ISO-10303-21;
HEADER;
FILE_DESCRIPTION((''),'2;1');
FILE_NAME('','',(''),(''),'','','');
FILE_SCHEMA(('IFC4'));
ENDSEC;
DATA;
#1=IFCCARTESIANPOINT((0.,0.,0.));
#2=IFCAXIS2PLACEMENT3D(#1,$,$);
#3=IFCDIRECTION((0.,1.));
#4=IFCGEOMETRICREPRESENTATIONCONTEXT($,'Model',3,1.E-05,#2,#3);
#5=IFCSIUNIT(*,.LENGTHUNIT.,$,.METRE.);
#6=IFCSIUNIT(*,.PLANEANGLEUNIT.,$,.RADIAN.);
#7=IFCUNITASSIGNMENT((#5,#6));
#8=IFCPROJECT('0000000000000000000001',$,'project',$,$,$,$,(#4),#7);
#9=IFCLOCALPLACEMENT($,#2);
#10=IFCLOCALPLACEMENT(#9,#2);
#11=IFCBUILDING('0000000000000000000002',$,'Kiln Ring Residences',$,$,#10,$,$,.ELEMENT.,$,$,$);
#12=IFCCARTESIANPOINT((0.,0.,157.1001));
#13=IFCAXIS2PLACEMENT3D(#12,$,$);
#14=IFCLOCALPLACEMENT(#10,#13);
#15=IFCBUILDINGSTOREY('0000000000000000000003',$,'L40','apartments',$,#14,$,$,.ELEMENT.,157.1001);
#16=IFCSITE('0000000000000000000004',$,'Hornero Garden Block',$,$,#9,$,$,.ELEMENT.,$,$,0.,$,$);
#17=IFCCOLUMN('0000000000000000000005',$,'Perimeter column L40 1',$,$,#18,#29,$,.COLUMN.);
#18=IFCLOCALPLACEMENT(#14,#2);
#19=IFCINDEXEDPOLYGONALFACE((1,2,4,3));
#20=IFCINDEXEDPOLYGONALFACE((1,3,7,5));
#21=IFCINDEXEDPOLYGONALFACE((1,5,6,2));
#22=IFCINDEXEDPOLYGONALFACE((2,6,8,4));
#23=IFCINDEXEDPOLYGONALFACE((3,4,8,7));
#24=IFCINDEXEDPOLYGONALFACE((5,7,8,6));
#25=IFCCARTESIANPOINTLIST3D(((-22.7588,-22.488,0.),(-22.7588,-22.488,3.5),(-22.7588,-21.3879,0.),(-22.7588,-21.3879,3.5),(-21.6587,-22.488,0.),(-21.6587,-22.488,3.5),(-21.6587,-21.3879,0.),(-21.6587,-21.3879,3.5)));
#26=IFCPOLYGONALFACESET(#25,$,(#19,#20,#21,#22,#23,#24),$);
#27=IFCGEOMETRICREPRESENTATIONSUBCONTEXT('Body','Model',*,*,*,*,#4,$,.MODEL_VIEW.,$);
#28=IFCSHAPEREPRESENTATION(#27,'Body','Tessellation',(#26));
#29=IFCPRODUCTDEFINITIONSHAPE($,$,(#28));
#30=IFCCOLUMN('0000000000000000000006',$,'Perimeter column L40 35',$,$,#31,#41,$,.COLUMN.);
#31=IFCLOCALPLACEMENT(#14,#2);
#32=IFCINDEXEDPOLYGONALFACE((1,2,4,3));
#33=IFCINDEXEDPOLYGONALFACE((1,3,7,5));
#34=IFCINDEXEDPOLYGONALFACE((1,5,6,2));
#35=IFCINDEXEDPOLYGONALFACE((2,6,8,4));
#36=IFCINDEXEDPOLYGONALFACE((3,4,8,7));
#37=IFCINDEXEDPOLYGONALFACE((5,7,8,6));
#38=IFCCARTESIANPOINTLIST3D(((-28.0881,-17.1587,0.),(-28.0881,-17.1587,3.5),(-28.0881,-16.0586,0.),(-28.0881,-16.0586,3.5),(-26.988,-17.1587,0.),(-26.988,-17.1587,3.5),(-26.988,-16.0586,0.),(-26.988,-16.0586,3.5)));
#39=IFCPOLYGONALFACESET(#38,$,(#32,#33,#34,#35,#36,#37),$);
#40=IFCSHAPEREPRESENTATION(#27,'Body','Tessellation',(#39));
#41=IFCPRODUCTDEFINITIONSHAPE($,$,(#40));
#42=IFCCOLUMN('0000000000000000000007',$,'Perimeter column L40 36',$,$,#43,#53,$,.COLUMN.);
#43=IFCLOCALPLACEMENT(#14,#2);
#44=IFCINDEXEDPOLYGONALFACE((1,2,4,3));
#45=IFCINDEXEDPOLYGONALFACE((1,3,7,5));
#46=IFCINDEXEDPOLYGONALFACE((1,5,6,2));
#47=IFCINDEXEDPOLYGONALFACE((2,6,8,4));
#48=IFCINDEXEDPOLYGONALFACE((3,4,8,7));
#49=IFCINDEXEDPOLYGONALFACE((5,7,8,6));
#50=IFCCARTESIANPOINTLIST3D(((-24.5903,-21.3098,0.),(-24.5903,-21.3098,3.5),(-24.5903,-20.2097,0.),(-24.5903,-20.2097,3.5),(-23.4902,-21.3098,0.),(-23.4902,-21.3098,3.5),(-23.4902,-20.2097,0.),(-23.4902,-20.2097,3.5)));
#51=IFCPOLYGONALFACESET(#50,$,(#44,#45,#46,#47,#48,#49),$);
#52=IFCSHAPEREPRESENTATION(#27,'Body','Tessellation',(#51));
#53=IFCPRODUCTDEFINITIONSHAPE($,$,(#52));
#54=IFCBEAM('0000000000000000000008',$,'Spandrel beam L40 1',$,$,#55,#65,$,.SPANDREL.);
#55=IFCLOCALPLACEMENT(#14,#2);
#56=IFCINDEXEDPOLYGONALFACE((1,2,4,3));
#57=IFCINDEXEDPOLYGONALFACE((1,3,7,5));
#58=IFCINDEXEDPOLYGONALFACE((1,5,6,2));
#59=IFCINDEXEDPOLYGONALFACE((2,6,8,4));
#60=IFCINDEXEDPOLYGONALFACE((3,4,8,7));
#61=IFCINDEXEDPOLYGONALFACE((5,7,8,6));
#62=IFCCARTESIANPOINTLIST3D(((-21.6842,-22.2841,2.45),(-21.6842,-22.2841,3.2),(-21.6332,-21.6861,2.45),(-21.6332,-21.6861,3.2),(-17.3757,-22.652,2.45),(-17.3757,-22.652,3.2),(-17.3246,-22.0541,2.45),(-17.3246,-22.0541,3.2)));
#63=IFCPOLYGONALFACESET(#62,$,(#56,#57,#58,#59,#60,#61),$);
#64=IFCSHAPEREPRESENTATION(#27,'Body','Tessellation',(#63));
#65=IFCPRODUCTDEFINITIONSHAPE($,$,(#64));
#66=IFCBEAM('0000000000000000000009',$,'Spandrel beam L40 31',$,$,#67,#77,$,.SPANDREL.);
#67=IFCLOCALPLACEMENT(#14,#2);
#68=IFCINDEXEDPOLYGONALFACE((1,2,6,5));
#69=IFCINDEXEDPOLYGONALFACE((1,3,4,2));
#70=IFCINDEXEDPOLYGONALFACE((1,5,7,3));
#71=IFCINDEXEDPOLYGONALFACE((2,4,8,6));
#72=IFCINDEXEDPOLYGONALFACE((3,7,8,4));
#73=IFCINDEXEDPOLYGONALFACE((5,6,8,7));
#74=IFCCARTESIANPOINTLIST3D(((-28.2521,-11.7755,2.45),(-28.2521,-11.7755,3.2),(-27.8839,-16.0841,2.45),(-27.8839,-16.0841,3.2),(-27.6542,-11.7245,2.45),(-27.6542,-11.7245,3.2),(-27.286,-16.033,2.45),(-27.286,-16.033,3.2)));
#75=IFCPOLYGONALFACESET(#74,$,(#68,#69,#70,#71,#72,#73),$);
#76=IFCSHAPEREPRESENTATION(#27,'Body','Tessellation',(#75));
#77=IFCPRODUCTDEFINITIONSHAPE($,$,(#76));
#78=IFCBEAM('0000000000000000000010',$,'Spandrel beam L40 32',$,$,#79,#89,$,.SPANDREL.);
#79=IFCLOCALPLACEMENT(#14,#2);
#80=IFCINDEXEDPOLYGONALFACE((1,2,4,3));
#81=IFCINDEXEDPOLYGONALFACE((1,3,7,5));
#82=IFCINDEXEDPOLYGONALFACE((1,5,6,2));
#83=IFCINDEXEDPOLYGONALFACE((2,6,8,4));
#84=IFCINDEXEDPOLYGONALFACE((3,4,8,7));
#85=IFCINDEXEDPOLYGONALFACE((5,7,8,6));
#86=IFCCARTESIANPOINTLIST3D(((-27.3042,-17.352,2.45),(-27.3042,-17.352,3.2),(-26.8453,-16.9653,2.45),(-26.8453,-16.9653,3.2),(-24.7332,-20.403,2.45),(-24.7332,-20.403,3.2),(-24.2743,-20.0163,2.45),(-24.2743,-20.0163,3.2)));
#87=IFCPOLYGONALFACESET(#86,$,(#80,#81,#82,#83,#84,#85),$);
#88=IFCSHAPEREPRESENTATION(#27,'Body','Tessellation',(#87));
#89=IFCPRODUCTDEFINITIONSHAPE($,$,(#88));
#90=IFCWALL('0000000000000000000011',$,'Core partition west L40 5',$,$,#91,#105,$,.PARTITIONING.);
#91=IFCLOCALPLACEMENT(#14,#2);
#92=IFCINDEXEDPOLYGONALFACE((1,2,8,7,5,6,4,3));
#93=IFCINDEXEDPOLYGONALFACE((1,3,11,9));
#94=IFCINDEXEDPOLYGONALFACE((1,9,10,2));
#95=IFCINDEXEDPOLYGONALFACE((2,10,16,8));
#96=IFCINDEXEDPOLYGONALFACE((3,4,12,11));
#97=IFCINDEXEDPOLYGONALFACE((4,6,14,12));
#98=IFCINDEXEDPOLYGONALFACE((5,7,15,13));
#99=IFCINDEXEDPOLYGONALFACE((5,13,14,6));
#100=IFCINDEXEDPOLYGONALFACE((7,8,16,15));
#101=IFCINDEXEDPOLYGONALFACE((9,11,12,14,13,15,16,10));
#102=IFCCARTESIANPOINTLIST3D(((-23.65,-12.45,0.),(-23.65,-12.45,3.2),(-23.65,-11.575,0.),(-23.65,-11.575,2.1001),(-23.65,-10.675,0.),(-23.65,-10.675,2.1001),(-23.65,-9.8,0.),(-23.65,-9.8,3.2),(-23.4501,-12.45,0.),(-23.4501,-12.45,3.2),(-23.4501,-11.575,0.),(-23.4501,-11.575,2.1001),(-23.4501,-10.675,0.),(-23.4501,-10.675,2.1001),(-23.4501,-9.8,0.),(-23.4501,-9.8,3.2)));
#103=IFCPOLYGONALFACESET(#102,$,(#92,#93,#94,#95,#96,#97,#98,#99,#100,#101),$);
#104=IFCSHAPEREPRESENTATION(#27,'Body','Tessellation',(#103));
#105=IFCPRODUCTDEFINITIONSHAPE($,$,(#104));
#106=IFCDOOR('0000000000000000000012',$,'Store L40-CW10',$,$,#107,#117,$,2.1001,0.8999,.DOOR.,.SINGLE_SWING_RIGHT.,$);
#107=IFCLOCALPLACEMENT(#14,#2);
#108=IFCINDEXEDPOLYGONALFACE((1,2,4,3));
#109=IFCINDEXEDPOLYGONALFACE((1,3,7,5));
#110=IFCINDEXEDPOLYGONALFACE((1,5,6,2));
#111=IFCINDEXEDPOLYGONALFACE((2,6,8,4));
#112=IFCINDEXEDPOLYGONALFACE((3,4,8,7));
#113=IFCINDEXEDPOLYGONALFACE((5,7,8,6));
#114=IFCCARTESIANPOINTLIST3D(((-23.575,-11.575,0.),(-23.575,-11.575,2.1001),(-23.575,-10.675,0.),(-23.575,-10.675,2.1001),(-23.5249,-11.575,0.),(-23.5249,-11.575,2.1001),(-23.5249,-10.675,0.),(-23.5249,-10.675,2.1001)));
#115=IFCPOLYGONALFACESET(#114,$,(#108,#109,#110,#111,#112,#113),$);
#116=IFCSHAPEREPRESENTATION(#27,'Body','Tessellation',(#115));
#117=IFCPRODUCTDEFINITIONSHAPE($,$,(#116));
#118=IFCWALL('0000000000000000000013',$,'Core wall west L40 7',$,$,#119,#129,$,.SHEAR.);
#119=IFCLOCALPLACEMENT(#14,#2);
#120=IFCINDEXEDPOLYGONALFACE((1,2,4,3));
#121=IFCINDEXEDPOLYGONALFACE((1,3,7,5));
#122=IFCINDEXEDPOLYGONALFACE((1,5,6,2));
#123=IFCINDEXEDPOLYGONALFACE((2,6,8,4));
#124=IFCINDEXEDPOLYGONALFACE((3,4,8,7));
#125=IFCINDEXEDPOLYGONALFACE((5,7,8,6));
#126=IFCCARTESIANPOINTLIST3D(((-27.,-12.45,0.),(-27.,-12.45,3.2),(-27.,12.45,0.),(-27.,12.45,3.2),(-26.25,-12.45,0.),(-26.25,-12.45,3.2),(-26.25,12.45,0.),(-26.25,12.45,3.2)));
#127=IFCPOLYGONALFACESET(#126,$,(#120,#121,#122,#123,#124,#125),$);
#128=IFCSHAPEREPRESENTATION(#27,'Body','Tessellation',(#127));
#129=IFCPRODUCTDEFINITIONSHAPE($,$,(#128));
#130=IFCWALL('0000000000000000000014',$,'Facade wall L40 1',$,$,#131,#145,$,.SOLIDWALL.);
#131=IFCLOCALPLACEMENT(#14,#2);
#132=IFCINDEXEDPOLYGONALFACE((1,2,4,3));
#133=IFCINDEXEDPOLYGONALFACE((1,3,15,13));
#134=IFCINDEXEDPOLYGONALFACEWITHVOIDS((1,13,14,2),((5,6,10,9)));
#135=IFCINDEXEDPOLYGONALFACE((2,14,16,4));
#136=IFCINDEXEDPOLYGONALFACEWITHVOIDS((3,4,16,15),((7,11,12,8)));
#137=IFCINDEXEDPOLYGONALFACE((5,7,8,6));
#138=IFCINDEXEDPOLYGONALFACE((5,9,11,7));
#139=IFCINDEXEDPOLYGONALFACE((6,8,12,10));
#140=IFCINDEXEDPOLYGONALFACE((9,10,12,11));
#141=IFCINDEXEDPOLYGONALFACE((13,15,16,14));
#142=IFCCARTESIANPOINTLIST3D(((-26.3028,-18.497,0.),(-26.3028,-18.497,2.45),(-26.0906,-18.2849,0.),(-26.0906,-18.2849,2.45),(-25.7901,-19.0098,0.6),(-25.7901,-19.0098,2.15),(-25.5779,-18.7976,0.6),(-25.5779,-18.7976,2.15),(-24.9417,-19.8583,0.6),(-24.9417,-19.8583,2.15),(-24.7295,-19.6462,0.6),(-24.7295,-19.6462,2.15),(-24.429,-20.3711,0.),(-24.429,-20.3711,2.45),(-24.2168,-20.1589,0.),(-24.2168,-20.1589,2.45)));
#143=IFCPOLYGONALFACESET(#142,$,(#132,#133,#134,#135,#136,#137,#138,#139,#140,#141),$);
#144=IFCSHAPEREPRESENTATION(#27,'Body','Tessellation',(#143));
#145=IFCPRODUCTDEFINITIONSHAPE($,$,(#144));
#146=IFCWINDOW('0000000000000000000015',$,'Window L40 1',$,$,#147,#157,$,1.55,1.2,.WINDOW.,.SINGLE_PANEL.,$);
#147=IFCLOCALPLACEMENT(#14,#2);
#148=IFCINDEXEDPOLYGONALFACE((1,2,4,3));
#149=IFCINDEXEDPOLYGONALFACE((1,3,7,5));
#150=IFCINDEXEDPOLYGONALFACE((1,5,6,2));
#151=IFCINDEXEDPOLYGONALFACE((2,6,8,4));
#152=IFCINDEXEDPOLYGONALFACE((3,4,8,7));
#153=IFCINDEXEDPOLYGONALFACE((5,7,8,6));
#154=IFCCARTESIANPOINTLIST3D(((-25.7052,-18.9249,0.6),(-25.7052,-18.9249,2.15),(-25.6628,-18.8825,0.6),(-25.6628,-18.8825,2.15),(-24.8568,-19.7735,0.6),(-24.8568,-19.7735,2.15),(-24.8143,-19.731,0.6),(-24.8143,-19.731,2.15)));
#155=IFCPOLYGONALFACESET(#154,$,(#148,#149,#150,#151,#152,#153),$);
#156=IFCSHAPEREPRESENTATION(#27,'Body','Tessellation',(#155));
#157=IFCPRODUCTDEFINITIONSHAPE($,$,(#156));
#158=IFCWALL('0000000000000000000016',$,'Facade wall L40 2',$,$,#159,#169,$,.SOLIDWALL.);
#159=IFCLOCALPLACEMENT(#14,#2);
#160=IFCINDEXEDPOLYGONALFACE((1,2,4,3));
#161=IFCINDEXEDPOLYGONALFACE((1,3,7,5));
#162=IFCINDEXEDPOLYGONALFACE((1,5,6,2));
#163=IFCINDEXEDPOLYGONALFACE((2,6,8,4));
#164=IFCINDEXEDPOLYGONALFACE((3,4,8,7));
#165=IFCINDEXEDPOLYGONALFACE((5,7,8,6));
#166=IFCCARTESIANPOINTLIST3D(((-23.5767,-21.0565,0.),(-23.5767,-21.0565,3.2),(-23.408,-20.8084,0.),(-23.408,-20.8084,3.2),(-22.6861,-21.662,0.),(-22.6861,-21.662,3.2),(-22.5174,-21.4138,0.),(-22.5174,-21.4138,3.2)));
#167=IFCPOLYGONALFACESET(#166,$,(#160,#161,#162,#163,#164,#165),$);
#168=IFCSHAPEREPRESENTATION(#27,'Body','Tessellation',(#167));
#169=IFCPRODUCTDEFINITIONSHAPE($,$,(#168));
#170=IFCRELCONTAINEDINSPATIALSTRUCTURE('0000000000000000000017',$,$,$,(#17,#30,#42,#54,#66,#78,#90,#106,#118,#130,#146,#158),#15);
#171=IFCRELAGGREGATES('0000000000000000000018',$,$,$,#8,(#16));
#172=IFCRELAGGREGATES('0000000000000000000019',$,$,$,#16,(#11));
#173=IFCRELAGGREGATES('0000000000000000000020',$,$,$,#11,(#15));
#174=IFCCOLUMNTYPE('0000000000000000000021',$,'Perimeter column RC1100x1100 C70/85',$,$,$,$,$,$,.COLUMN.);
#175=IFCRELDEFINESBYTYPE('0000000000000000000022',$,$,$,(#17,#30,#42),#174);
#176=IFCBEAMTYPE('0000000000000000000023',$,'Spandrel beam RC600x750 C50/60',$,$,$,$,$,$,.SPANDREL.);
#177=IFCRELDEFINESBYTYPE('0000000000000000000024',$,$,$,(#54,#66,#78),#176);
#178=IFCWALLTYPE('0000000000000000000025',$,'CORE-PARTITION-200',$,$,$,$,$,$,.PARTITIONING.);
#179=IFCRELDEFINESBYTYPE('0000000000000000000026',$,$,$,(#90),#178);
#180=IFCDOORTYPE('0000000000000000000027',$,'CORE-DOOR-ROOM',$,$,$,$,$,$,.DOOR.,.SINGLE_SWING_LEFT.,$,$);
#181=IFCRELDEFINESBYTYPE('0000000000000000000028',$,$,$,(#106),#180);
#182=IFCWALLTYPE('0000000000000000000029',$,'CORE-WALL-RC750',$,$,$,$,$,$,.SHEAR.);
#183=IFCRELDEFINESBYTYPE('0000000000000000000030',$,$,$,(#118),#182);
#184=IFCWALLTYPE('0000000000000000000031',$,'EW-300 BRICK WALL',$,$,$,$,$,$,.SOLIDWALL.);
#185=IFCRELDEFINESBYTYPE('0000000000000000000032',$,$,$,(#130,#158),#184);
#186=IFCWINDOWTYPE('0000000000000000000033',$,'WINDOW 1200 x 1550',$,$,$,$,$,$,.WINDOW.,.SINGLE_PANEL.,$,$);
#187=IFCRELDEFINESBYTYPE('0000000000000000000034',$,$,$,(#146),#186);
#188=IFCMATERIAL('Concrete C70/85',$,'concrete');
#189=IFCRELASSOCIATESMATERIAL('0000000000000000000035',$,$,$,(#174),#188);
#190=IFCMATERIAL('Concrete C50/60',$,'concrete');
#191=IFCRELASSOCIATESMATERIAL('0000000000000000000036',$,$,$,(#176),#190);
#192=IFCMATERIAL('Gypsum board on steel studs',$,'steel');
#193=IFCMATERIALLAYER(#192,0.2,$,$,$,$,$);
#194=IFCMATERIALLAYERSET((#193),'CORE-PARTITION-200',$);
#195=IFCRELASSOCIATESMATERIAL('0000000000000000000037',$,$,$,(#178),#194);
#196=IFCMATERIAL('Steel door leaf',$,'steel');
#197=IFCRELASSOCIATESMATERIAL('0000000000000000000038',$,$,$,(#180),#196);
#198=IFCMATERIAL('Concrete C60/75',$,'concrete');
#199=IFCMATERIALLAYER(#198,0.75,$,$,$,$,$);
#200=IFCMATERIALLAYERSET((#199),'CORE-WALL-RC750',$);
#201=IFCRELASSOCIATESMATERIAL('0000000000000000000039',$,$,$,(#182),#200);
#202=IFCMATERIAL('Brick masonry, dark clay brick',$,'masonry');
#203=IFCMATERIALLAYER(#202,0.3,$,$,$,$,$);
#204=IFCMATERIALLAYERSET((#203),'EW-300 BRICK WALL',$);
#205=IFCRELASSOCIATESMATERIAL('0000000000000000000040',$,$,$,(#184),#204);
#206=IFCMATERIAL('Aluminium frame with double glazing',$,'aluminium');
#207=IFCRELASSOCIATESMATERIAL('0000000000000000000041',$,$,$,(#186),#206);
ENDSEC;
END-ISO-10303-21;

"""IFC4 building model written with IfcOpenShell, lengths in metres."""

from ifc_helpers import new_model, si_unit, direction, frame, frame_2d, origin, origin_2d, place, context, subcontext, project, spatial, rectangle, extrude, material, layer, layer_set, material_profile, profile_set, type_object, element, fill, save


model = new_model("IFC4")

# Units and contexts
model_context = context("Model", 3, precision=1e-05, world=origin(), true_north=direction((0.0, 1.0)))
body_context = subcontext(model_context, "Body", "Model", "MODEL_VIEW")
ifc_project = project(units=[si_unit("LENGTHUNIT", "METRE"), si_unit("PLANEANGLEUNIT", "RADIAN")], contexts=[model_context])

# Site, building, storey
site_placement = place(None, origin())
site = spatial("IfcSite", under=ifc_project, at=site_placement, Name="Hornero Garden Block", CompositionType="ELEMENT", RefElevation=0.0)
building_placement = place(site_placement, origin())
building = spatial("IfcBuilding", under=site, at=building_placement, Name="Kiln Ring Residences", CompositionType="ELEMENT")
storey_placement = place(building_placement, frame((0.0, 0.0, 157.1001)))
storey = spatial("IfcBuildingStorey", under=building, at=storey_placement, Name="L40", Description="apartments", CompositionType="ELEMENT", Elevation=157.1001)

# Columns
ifc_material_1 = material(Name="Concrete C70/85", Category="concrete")
ifc_material_profile_1 = material_profile(ifc_material_1, rectangle(XDim=1.1001, YDim=1.1001, at=origin_2d()), Name="RC1100x1100")
ifc_profile_set_1 = profile_set([ifc_material_profile_1], Name="Concrete C70/85")
column_type = type_object("IfcColumnType", Name="Perimeter column RC1100x1100 C70/85", PredefinedType="COLUMN", material=ifc_profile_set_1)
for number, where, z_axis, x_axis, name in (
    (1, (-22.2087, -21.938, 0.0), (0.0, 0.0, 1.0), (1.0, 0.0, 0.0), "Perimeter column L40 1"),
    (2, (-27.5381, -16.6086, 0.0), (0.0, 0.0, 1.0), (1.0, 0.0, 0.0), "Perimeter column L40 35"),
    (3, (-24.0403, -20.7598, 0.0), (0.0, 0.0, 1.0), (1.0, 0.0, 0.0), "Perimeter column L40 36"),
):
    element("IfcColumn", number, at=place(storey_placement, frame(where, z_axis=z_axis, x_axis=x_axis)), inside=storey, type_object=column_type, Name=name, PredefinedType="COLUMN", context=body_context, shape_type="SweptSolid", body=[
        extrude(rectangle(XDim=1.1001, YDim=1.1001, at=origin_2d()), origin(), (0.0, 0.0, 1.0), 3.5),
    ])

# Beams
ifc_material_2 = material(Name="Concrete C50/60", Category="concrete")
ifc_material_profile_2 = material_profile(ifc_material_2, rectangle(XDim=0.6001, YDim=0.75, at=origin_2d()), Name="RC600x750")
ifc_profile_set_2 = profile_set([ifc_material_profile_2], Name="Concrete C50/60")
beam_type = type_object("IfcBeamType", Name="Spandrel beam RC600x750 C50/60", PredefinedType="SPANDREL", material=ifc_profile_set_2)
for number, where, z_axis, x_axis, name in (
    (4, (-21.6587, -21.9851, 2.825), (0.996374, -0.085082, 0.0), (0.085082, 0.996374, 0.0), "Spandrel beam L40 1"),
    (5, (-27.9531, -11.75, 2.825), (0.085139, -0.996369, 0.0), (0.996369, 0.085139, 0.0), "Spandrel beam L40 31"),
):
    element("IfcBeam", number, at=place(storey_placement, frame(where, z_axis=z_axis, x_axis=x_axis)), inside=storey, type_object=beam_type, Name=name, PredefinedType="SPANDREL", context=body_context, shape_type="SweptSolid", body=[
        extrude(rectangle(XDim=0.6001, YDim=0.75, at=origin_2d()), origin(), (0.0, 0.0, 1.0), 4.3242),
    ])
beam_placement = place(storey_placement, frame((-27.0747, -17.1587, 2.825), z_axis=(0.644394, -0.764694, 0.0), x_axis=(0.764694, 0.644394, 0.0)))
element("IfcBeam", 6, at=beam_placement, inside=storey, type_object=beam_type, Name="Spandrel beam L40 32", PredefinedType="SPANDREL", context=body_context, shape_type="SweptSolid", body=[
    extrude(rectangle(XDim=0.6001, YDim=0.75, at=origin_2d()), origin(), (0.0, 0.0, 1.0), 3.9897),
])

# Wall, opening, door
ifc_material_3 = material(Name="Gypsum board on steel studs", Category="steel")
ifc_layer_1 = layer(ifc_material_3, 0.2)
ifc_layer_set_1 = layer_set([ifc_layer_1], Name="CORE-PARTITION-200")
wall_type_1 = type_object("IfcWallType", Name="CORE-PARTITION-200", PredefinedType="PARTITIONING", material=ifc_layer_set_1)
wall_1_placement = place(storey_placement, frame((-23.55, -12.45, 0.0), z_axis=(0.0, 0.0, 1.0), x_axis=(0.0, 1.0, 0.0)))
wall_1 = element("IfcWall", 7, at=wall_1_placement, inside=storey, type_object=wall_type_1, Name="Core partition west L40 5", PredefinedType="PARTITIONING", context=body_context, shape_type="SweptSolid", body=[
    extrude(rectangle(XDim=2.6499, YDim=0.2, at=frame_2d((1.325, 0.0))), origin(), (0.0, 0.0, 1.0), 3.2),
])
opening_1_placement = place(wall_1_placement, frame((0.875, 0.0, 0.0)))
opening_1 = element("IfcOpeningElement", 8, at=opening_1_placement, cuts=wall_1, PredefinedType="OPENING", context=body_context, shape_type="SweptSolid", body=[
    extrude(rectangle(XDim=0.8999, YDim=2.1001, at=frame_2d((0.45, 1.05))), frame((0.0, 0.1099, 0.0), z_axis=(0.0, -1.0, 0.0), x_axis=(1.0, 0.0, 0.0)), (0.0, 0.0, 1.0), 0.22),
])
ifc_material_4 = material(Name="Steel door leaf", Category="steel")
door_type_1 = type_object("IfcDoorType", Name="CORE-DOOR-ROOM", OperationType="SINGLE_SWING_LEFT", PredefinedType="DOOR", material=ifc_material_4)
door_1_placement = place(opening_1_placement, origin())
door_1 = element("IfcDoor", 9, at=door_1_placement, inside=storey, type_object=door_type_1, Name="Store L40-CW10", OperationType="SINGLE_SWING_RIGHT", OverallHeight=2.1001, OverallWidth=0.8999, PredefinedType="DOOR", context=body_context, shape_type="SweptSolid", body=[
    extrude(rectangle(XDim=0.8999, YDim=2.1001, at=frame_2d((0.45, 1.05))), frame((0.0, 0.0249, 0.0), z_axis=(0.0, -1.0, 0.0), x_axis=(1.0, 0.0, 0.0)), (0.0, 0.0, 1.0), 0.05),
])
fill(opening_1, door_1)

# Wall
ifc_material_5 = material(Name="Concrete C60/75", Category="concrete")
ifc_layer_2 = layer(ifc_material_5, 0.75)
ifc_layer_set_2 = layer_set([ifc_layer_2], Name="CORE-WALL-RC750")
wall_type_2 = type_object("IfcWallType", Name="CORE-WALL-RC750", PredefinedType="SHEAR", material=ifc_layer_set_2)
wall_2_placement = place(storey_placement, frame((-26.625, -12.45, 0.0), z_axis=(0.0, 0.0, 1.0), x_axis=(0.0, 1.0, 0.0)))
element("IfcWall", 10, at=wall_2_placement, inside=storey, type_object=wall_type_2, Name="Core wall west L40 7", PredefinedType="SHEAR", context=body_context, shape_type="SweptSolid", body=[
    extrude(rectangle(XDim=24.8999, YDim=0.75, at=frame_2d((12.45, 0.0))), origin(), (0.0, 0.0, 1.0), 3.2),
])

# Wall, opening, window
ifc_material_6 = material(Name="Brick masonry, dark clay brick", Category="masonry")
ifc_layer_3 = layer(ifc_material_6, 0.3)
ifc_layer_set_3 = layer_set([ifc_layer_3], Name="EW-300 BRICK WALL")
wall_type_3 = type_object("IfcWallType", Name="EW-300 BRICK WALL", PredefinedType="SOLIDWALL", material=ifc_layer_set_3)
wall_3_placement = place(storey_placement, frame((-26.1968, -18.3909, 0.0), z_axis=(0.0, 0.0, 1.0), x_axis=(0.707061, -0.707153, 0.0)))
wall_3 = element("IfcWall", 11, at=wall_3_placement, inside=storey, type_object=wall_type_3, Name="Facade wall L40 1", PredefinedType="SOLIDWALL", context=body_context, shape_type="SweptSolid", body=[
    extrude(rectangle(XDim=2.6501, YDim=0.3, at=frame_2d((1.3252, 0.0))), origin(), (0.0, 0.0, 1.0), 2.45),
])
opening_2_placement = place(wall_3_placement, frame((0.7251, 0.0, 0.6001)))
opening_2 = element("IfcOpeningElement", 12, at=opening_2_placement, cuts=wall_3, PredefinedType="OPENING", context=body_context, shape_type="SweptSolid", body=[
    extrude(rectangle(XDim=1.2, YDim=1.55, at=frame_2d((0.6001, 0.7749))), frame((0.0, 0.1599, 0.0), z_axis=(0.0, -1.0, 0.0), x_axis=(1.0, 0.0, 0.0)), (0.0, 0.0, 1.0), 0.3201),
])
ifc_material_7 = material(Name="Aluminium frame with double glazing", Category="aluminium")
window_type_1 = type_object("IfcWindowType", Name="WINDOW 1200 x 1550", PartitioningType="SINGLE_PANEL", PredefinedType="WINDOW", material=ifc_material_7)
window_1_placement = place(opening_2_placement, origin())
window_1 = element("IfcWindow", 13, at=window_1_placement, inside=storey, type_object=window_type_1, Name="Window L40 1", OverallHeight=1.55, OverallWidth=1.2, PartitioningType="SINGLE_PANEL", PredefinedType="WINDOW", context=body_context, shape_type="SweptSolid", body=[
    extrude(rectangle(XDim=1.2, YDim=1.55, at=frame_2d((0.6001, 0.7749))), frame((0.0, 0.03, 0.0), z_axis=(0.0, -1.0, 0.0), x_axis=(1.0, 0.0, 0.0)), (0.0, 0.0, 1.0), 0.0601),
])
fill(opening_2, window_1)

# Wall
wall_4_placement = place(storey_placement, frame((-23.4924, -20.9324, 0.0), z_axis=(0.0, 0.0, 1.0), x_axis=(0.826994, -0.562211, 0.0)))
element("IfcWall", 14, at=wall_4_placement, inside=storey, type_object=wall_type_3, Name="Facade wall L40 2", PredefinedType="SOLIDWALL", context=body_context, shape_type="SweptSolid", body=[
    extrude(rectangle(XDim=1.0769, YDim=0.3, at=frame_2d((0.5386, 0.0))), origin(), (0.0, 0.0, 1.0), 3.2),
])

save(model, "model.ifc")
